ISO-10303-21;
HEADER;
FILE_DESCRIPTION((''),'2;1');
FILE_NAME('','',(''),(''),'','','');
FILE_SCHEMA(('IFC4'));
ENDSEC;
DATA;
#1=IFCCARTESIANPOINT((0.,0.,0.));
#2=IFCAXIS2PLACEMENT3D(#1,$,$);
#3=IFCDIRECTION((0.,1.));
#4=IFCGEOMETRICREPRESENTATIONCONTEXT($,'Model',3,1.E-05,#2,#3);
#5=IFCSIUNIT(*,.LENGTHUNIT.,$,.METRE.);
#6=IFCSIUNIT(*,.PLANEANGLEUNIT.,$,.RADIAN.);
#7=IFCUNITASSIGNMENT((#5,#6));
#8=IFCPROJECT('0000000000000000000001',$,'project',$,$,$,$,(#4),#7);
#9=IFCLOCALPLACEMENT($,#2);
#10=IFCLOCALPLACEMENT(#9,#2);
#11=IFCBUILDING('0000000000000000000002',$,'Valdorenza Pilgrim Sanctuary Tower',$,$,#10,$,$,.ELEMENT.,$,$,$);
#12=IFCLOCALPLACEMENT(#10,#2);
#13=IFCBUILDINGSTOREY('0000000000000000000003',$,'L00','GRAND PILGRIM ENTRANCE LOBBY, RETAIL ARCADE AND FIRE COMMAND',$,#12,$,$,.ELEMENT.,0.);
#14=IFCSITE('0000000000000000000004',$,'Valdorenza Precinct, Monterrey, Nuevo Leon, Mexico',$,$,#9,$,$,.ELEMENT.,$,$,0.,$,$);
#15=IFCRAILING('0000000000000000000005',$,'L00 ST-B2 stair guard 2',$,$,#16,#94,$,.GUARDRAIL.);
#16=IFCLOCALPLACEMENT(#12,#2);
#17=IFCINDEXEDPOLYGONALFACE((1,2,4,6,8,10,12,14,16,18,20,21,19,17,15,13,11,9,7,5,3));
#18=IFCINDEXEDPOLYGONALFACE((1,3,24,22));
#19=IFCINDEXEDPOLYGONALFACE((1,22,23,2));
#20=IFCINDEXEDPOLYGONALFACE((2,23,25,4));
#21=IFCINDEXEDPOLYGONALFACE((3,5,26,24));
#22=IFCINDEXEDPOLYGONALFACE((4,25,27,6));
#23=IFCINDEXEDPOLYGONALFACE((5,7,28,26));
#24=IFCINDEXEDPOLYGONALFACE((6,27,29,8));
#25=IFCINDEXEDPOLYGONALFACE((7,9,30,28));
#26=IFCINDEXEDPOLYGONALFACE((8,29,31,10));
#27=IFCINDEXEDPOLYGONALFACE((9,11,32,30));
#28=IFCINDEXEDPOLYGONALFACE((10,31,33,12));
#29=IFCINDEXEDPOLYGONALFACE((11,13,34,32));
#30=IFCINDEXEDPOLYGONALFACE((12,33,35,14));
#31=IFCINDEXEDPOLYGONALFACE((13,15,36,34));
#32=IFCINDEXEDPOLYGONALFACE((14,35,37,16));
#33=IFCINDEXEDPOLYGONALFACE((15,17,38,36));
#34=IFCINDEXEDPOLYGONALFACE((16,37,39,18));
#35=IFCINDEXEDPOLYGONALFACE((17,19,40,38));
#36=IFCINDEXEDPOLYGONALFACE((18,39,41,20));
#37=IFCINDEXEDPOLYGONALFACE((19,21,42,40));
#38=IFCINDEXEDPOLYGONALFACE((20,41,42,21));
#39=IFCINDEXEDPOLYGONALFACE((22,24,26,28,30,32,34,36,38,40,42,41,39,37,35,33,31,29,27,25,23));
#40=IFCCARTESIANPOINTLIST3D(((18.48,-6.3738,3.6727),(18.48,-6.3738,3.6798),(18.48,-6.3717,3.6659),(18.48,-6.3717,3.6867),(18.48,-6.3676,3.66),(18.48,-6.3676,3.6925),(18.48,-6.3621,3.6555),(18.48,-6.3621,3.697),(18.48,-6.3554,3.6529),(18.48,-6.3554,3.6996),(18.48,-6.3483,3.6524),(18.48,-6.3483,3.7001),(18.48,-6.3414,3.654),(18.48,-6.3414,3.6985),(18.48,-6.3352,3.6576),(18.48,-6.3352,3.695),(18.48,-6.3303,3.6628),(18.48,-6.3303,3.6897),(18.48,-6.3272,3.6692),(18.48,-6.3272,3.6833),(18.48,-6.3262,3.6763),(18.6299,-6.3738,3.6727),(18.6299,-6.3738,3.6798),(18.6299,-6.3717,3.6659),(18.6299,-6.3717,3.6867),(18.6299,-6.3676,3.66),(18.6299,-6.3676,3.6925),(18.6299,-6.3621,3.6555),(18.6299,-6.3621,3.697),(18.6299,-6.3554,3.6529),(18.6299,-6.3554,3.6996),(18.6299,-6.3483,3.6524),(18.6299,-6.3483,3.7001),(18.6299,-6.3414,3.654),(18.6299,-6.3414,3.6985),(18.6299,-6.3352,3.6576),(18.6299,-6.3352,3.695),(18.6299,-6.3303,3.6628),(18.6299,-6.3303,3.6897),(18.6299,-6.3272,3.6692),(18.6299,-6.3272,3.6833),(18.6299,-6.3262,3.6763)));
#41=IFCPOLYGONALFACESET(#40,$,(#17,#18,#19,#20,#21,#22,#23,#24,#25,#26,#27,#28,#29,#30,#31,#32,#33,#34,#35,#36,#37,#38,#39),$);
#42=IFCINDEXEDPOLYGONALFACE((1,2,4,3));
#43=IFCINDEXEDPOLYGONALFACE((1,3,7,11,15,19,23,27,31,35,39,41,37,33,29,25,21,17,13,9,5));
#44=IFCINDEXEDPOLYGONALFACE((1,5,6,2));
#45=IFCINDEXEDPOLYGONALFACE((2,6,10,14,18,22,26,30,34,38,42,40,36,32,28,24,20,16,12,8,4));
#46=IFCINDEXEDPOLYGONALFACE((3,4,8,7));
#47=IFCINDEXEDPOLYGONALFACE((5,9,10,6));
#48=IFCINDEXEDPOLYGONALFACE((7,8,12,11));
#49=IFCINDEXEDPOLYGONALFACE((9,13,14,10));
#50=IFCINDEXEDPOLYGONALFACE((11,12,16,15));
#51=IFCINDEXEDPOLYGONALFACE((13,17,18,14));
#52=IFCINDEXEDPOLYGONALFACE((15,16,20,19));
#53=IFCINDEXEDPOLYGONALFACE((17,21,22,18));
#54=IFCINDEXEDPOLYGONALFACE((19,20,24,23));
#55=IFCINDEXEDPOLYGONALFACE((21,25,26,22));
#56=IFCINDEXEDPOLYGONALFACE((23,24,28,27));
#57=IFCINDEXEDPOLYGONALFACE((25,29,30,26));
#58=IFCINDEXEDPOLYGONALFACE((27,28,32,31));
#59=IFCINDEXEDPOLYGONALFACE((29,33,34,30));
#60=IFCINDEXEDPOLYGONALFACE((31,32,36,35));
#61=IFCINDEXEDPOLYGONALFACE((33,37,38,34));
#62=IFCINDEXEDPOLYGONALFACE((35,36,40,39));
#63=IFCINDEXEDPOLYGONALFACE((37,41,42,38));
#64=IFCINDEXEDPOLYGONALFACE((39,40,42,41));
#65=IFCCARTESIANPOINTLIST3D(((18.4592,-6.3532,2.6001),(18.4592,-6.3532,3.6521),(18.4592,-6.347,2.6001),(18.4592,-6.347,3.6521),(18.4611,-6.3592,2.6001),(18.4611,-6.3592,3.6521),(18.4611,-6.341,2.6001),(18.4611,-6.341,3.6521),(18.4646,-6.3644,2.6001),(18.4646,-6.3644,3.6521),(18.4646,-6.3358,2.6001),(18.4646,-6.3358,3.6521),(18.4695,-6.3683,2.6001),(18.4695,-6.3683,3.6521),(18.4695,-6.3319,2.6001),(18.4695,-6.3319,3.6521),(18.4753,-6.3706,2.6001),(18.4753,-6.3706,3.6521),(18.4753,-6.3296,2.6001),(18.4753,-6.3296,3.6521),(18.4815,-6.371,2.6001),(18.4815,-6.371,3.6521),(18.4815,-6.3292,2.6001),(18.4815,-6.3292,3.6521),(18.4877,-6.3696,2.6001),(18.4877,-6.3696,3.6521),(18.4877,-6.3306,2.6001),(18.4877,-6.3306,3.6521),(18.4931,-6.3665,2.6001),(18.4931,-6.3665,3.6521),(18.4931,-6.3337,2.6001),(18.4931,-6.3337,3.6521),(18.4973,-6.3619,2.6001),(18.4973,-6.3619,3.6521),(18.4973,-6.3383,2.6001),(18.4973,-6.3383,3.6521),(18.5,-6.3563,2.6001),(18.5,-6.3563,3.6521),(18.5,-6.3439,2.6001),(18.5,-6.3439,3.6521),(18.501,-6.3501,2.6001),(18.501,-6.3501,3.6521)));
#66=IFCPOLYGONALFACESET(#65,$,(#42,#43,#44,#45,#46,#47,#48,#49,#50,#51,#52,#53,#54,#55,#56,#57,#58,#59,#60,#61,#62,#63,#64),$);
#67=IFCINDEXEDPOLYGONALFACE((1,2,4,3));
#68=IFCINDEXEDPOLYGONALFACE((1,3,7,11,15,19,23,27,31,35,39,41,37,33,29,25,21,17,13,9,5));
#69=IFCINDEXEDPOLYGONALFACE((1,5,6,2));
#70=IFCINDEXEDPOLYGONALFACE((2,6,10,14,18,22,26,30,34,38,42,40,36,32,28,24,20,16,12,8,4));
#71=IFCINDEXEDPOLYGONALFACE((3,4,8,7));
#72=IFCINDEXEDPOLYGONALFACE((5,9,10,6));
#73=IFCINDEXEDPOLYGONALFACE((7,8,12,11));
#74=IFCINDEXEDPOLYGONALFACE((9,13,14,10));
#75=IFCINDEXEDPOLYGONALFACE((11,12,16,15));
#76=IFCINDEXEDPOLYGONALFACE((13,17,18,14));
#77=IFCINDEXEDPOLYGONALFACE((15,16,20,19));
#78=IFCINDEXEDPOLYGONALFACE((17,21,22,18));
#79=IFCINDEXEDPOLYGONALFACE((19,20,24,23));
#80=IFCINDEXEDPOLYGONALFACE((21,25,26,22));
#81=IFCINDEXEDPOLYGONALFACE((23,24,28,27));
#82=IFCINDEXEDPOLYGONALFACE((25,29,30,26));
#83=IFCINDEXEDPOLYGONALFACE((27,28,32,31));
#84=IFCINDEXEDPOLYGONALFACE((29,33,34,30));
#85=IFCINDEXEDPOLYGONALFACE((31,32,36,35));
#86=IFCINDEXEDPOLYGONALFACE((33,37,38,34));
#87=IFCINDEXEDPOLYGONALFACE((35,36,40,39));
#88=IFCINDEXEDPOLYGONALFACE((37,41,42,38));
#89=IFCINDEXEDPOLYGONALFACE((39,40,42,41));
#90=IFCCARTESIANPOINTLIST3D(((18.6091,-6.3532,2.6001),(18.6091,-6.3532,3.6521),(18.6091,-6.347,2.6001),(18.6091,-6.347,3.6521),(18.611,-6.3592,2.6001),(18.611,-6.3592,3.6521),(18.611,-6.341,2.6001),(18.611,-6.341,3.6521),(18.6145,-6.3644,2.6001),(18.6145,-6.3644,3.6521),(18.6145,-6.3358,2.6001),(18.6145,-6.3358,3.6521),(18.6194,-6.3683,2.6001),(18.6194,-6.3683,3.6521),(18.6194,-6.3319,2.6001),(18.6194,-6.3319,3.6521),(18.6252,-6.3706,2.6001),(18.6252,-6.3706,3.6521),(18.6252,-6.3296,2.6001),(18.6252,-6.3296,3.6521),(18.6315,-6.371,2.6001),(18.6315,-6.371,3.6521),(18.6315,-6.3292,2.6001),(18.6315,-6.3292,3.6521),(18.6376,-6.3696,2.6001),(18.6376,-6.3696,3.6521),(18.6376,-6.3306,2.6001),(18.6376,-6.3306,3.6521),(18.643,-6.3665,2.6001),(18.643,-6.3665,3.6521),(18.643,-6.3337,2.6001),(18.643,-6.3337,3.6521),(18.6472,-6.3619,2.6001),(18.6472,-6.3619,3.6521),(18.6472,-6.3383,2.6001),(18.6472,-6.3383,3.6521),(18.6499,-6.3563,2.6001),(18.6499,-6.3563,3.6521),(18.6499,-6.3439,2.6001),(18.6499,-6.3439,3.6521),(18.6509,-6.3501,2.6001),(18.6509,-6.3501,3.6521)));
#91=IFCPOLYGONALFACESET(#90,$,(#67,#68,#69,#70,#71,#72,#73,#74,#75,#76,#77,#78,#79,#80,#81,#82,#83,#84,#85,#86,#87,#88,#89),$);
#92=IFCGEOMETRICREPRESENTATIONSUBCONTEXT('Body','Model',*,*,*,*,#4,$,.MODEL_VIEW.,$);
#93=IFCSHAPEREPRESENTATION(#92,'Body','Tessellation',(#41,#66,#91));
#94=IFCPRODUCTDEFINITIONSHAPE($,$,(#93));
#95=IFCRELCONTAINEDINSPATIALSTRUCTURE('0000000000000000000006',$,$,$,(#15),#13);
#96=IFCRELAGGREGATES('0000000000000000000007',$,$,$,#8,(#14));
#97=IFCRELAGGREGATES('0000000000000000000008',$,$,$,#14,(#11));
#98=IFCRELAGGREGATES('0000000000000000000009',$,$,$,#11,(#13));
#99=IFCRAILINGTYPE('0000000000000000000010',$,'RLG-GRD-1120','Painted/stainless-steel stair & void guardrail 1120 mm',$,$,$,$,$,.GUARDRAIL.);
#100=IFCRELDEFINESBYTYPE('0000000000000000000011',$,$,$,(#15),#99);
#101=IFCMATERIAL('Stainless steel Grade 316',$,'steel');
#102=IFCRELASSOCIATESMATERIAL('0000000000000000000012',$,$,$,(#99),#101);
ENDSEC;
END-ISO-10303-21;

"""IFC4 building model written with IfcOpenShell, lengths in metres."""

from ifc_helpers import new_model, si_unit, direction, frame, origin, origin_2d, place, context, subcontext, project, spatial, circle, extrude, material, type_object, element, save


model = new_model("IFC4")

# Units and contexts
model_context = context("Model", 3, precision=1e-05, world=origin(), true_north=direction((0.0, 1.0)))
body_context = subcontext(model_context, "Body", "Model", "MODEL_VIEW")
ifc_project = project(units=[si_unit("LENGTHUNIT", "METRE"), si_unit("PLANEANGLEUNIT", "RADIAN")], contexts=[model_context])

# Site, building, storey
site_placement = place(None, origin())
site = spatial("IfcSite", under=ifc_project, at=site_placement, Name="Valdorenza Precinct, Monterrey, Nuevo Leon, Mexico", CompositionType="ELEMENT", RefElevation=0.0)
building_placement = place(site_placement, origin())
building = spatial("IfcBuilding", under=site, at=building_placement, Name="Valdorenza Pilgrim Sanctuary Tower", CompositionType="ELEMENT")
storey_placement = place(building_placement, origin())
storey = spatial("IfcBuildingStorey", under=building, at=storey_placement, Name="L00", Description="GRAND PILGRIM ENTRANCE LOBBY, RETAIL ARCADE AND FIRE COMMAND", CompositionType="ELEMENT", Elevation=0.0)

# Railing
ifc_material_1 = material(Name="Stainless steel Grade 316", Category="steel")
railing_type_1 = type_object("IfcRailingType", Name="RLG-GRD-1120", Description="Painted/stainless-steel stair & void guardrail 1120 mm", PredefinedType="GUARDRAIL", material=ifc_material_1)
railing_1_placement = place(storey_placement, frame((18.48, -6.3501, 2.6001)))
element("IfcRailing", 1, at=railing_1_placement, inside=storey, type_object=railing_type_1, Name="L00 ST-B2 stair guard 2", PredefinedType="GUARDRAIL", context=body_context, shape_type="SweptSolid", body=[
    extrude(circle(Radius=0.0239, at=origin_2d()), frame((0.0, 0.0, 1.0762), z_axis=(1.0, 0.0, 0.0), x_axis=(0.0, 1.0, 0.0)), (0.0, 0.0, 1.0), 0.1499),
    extrude(circle(Radius=0.021, at=origin_2d()), origin(), (0.0, 0.0, 1.0), 1.052),
    extrude(circle(Radius=0.021, at=origin_2d()), frame((0.1499, 0.0, 0.0)), (0.0, 0.0, 1.0), 1.052),
])

save(model, "model.ifc")
